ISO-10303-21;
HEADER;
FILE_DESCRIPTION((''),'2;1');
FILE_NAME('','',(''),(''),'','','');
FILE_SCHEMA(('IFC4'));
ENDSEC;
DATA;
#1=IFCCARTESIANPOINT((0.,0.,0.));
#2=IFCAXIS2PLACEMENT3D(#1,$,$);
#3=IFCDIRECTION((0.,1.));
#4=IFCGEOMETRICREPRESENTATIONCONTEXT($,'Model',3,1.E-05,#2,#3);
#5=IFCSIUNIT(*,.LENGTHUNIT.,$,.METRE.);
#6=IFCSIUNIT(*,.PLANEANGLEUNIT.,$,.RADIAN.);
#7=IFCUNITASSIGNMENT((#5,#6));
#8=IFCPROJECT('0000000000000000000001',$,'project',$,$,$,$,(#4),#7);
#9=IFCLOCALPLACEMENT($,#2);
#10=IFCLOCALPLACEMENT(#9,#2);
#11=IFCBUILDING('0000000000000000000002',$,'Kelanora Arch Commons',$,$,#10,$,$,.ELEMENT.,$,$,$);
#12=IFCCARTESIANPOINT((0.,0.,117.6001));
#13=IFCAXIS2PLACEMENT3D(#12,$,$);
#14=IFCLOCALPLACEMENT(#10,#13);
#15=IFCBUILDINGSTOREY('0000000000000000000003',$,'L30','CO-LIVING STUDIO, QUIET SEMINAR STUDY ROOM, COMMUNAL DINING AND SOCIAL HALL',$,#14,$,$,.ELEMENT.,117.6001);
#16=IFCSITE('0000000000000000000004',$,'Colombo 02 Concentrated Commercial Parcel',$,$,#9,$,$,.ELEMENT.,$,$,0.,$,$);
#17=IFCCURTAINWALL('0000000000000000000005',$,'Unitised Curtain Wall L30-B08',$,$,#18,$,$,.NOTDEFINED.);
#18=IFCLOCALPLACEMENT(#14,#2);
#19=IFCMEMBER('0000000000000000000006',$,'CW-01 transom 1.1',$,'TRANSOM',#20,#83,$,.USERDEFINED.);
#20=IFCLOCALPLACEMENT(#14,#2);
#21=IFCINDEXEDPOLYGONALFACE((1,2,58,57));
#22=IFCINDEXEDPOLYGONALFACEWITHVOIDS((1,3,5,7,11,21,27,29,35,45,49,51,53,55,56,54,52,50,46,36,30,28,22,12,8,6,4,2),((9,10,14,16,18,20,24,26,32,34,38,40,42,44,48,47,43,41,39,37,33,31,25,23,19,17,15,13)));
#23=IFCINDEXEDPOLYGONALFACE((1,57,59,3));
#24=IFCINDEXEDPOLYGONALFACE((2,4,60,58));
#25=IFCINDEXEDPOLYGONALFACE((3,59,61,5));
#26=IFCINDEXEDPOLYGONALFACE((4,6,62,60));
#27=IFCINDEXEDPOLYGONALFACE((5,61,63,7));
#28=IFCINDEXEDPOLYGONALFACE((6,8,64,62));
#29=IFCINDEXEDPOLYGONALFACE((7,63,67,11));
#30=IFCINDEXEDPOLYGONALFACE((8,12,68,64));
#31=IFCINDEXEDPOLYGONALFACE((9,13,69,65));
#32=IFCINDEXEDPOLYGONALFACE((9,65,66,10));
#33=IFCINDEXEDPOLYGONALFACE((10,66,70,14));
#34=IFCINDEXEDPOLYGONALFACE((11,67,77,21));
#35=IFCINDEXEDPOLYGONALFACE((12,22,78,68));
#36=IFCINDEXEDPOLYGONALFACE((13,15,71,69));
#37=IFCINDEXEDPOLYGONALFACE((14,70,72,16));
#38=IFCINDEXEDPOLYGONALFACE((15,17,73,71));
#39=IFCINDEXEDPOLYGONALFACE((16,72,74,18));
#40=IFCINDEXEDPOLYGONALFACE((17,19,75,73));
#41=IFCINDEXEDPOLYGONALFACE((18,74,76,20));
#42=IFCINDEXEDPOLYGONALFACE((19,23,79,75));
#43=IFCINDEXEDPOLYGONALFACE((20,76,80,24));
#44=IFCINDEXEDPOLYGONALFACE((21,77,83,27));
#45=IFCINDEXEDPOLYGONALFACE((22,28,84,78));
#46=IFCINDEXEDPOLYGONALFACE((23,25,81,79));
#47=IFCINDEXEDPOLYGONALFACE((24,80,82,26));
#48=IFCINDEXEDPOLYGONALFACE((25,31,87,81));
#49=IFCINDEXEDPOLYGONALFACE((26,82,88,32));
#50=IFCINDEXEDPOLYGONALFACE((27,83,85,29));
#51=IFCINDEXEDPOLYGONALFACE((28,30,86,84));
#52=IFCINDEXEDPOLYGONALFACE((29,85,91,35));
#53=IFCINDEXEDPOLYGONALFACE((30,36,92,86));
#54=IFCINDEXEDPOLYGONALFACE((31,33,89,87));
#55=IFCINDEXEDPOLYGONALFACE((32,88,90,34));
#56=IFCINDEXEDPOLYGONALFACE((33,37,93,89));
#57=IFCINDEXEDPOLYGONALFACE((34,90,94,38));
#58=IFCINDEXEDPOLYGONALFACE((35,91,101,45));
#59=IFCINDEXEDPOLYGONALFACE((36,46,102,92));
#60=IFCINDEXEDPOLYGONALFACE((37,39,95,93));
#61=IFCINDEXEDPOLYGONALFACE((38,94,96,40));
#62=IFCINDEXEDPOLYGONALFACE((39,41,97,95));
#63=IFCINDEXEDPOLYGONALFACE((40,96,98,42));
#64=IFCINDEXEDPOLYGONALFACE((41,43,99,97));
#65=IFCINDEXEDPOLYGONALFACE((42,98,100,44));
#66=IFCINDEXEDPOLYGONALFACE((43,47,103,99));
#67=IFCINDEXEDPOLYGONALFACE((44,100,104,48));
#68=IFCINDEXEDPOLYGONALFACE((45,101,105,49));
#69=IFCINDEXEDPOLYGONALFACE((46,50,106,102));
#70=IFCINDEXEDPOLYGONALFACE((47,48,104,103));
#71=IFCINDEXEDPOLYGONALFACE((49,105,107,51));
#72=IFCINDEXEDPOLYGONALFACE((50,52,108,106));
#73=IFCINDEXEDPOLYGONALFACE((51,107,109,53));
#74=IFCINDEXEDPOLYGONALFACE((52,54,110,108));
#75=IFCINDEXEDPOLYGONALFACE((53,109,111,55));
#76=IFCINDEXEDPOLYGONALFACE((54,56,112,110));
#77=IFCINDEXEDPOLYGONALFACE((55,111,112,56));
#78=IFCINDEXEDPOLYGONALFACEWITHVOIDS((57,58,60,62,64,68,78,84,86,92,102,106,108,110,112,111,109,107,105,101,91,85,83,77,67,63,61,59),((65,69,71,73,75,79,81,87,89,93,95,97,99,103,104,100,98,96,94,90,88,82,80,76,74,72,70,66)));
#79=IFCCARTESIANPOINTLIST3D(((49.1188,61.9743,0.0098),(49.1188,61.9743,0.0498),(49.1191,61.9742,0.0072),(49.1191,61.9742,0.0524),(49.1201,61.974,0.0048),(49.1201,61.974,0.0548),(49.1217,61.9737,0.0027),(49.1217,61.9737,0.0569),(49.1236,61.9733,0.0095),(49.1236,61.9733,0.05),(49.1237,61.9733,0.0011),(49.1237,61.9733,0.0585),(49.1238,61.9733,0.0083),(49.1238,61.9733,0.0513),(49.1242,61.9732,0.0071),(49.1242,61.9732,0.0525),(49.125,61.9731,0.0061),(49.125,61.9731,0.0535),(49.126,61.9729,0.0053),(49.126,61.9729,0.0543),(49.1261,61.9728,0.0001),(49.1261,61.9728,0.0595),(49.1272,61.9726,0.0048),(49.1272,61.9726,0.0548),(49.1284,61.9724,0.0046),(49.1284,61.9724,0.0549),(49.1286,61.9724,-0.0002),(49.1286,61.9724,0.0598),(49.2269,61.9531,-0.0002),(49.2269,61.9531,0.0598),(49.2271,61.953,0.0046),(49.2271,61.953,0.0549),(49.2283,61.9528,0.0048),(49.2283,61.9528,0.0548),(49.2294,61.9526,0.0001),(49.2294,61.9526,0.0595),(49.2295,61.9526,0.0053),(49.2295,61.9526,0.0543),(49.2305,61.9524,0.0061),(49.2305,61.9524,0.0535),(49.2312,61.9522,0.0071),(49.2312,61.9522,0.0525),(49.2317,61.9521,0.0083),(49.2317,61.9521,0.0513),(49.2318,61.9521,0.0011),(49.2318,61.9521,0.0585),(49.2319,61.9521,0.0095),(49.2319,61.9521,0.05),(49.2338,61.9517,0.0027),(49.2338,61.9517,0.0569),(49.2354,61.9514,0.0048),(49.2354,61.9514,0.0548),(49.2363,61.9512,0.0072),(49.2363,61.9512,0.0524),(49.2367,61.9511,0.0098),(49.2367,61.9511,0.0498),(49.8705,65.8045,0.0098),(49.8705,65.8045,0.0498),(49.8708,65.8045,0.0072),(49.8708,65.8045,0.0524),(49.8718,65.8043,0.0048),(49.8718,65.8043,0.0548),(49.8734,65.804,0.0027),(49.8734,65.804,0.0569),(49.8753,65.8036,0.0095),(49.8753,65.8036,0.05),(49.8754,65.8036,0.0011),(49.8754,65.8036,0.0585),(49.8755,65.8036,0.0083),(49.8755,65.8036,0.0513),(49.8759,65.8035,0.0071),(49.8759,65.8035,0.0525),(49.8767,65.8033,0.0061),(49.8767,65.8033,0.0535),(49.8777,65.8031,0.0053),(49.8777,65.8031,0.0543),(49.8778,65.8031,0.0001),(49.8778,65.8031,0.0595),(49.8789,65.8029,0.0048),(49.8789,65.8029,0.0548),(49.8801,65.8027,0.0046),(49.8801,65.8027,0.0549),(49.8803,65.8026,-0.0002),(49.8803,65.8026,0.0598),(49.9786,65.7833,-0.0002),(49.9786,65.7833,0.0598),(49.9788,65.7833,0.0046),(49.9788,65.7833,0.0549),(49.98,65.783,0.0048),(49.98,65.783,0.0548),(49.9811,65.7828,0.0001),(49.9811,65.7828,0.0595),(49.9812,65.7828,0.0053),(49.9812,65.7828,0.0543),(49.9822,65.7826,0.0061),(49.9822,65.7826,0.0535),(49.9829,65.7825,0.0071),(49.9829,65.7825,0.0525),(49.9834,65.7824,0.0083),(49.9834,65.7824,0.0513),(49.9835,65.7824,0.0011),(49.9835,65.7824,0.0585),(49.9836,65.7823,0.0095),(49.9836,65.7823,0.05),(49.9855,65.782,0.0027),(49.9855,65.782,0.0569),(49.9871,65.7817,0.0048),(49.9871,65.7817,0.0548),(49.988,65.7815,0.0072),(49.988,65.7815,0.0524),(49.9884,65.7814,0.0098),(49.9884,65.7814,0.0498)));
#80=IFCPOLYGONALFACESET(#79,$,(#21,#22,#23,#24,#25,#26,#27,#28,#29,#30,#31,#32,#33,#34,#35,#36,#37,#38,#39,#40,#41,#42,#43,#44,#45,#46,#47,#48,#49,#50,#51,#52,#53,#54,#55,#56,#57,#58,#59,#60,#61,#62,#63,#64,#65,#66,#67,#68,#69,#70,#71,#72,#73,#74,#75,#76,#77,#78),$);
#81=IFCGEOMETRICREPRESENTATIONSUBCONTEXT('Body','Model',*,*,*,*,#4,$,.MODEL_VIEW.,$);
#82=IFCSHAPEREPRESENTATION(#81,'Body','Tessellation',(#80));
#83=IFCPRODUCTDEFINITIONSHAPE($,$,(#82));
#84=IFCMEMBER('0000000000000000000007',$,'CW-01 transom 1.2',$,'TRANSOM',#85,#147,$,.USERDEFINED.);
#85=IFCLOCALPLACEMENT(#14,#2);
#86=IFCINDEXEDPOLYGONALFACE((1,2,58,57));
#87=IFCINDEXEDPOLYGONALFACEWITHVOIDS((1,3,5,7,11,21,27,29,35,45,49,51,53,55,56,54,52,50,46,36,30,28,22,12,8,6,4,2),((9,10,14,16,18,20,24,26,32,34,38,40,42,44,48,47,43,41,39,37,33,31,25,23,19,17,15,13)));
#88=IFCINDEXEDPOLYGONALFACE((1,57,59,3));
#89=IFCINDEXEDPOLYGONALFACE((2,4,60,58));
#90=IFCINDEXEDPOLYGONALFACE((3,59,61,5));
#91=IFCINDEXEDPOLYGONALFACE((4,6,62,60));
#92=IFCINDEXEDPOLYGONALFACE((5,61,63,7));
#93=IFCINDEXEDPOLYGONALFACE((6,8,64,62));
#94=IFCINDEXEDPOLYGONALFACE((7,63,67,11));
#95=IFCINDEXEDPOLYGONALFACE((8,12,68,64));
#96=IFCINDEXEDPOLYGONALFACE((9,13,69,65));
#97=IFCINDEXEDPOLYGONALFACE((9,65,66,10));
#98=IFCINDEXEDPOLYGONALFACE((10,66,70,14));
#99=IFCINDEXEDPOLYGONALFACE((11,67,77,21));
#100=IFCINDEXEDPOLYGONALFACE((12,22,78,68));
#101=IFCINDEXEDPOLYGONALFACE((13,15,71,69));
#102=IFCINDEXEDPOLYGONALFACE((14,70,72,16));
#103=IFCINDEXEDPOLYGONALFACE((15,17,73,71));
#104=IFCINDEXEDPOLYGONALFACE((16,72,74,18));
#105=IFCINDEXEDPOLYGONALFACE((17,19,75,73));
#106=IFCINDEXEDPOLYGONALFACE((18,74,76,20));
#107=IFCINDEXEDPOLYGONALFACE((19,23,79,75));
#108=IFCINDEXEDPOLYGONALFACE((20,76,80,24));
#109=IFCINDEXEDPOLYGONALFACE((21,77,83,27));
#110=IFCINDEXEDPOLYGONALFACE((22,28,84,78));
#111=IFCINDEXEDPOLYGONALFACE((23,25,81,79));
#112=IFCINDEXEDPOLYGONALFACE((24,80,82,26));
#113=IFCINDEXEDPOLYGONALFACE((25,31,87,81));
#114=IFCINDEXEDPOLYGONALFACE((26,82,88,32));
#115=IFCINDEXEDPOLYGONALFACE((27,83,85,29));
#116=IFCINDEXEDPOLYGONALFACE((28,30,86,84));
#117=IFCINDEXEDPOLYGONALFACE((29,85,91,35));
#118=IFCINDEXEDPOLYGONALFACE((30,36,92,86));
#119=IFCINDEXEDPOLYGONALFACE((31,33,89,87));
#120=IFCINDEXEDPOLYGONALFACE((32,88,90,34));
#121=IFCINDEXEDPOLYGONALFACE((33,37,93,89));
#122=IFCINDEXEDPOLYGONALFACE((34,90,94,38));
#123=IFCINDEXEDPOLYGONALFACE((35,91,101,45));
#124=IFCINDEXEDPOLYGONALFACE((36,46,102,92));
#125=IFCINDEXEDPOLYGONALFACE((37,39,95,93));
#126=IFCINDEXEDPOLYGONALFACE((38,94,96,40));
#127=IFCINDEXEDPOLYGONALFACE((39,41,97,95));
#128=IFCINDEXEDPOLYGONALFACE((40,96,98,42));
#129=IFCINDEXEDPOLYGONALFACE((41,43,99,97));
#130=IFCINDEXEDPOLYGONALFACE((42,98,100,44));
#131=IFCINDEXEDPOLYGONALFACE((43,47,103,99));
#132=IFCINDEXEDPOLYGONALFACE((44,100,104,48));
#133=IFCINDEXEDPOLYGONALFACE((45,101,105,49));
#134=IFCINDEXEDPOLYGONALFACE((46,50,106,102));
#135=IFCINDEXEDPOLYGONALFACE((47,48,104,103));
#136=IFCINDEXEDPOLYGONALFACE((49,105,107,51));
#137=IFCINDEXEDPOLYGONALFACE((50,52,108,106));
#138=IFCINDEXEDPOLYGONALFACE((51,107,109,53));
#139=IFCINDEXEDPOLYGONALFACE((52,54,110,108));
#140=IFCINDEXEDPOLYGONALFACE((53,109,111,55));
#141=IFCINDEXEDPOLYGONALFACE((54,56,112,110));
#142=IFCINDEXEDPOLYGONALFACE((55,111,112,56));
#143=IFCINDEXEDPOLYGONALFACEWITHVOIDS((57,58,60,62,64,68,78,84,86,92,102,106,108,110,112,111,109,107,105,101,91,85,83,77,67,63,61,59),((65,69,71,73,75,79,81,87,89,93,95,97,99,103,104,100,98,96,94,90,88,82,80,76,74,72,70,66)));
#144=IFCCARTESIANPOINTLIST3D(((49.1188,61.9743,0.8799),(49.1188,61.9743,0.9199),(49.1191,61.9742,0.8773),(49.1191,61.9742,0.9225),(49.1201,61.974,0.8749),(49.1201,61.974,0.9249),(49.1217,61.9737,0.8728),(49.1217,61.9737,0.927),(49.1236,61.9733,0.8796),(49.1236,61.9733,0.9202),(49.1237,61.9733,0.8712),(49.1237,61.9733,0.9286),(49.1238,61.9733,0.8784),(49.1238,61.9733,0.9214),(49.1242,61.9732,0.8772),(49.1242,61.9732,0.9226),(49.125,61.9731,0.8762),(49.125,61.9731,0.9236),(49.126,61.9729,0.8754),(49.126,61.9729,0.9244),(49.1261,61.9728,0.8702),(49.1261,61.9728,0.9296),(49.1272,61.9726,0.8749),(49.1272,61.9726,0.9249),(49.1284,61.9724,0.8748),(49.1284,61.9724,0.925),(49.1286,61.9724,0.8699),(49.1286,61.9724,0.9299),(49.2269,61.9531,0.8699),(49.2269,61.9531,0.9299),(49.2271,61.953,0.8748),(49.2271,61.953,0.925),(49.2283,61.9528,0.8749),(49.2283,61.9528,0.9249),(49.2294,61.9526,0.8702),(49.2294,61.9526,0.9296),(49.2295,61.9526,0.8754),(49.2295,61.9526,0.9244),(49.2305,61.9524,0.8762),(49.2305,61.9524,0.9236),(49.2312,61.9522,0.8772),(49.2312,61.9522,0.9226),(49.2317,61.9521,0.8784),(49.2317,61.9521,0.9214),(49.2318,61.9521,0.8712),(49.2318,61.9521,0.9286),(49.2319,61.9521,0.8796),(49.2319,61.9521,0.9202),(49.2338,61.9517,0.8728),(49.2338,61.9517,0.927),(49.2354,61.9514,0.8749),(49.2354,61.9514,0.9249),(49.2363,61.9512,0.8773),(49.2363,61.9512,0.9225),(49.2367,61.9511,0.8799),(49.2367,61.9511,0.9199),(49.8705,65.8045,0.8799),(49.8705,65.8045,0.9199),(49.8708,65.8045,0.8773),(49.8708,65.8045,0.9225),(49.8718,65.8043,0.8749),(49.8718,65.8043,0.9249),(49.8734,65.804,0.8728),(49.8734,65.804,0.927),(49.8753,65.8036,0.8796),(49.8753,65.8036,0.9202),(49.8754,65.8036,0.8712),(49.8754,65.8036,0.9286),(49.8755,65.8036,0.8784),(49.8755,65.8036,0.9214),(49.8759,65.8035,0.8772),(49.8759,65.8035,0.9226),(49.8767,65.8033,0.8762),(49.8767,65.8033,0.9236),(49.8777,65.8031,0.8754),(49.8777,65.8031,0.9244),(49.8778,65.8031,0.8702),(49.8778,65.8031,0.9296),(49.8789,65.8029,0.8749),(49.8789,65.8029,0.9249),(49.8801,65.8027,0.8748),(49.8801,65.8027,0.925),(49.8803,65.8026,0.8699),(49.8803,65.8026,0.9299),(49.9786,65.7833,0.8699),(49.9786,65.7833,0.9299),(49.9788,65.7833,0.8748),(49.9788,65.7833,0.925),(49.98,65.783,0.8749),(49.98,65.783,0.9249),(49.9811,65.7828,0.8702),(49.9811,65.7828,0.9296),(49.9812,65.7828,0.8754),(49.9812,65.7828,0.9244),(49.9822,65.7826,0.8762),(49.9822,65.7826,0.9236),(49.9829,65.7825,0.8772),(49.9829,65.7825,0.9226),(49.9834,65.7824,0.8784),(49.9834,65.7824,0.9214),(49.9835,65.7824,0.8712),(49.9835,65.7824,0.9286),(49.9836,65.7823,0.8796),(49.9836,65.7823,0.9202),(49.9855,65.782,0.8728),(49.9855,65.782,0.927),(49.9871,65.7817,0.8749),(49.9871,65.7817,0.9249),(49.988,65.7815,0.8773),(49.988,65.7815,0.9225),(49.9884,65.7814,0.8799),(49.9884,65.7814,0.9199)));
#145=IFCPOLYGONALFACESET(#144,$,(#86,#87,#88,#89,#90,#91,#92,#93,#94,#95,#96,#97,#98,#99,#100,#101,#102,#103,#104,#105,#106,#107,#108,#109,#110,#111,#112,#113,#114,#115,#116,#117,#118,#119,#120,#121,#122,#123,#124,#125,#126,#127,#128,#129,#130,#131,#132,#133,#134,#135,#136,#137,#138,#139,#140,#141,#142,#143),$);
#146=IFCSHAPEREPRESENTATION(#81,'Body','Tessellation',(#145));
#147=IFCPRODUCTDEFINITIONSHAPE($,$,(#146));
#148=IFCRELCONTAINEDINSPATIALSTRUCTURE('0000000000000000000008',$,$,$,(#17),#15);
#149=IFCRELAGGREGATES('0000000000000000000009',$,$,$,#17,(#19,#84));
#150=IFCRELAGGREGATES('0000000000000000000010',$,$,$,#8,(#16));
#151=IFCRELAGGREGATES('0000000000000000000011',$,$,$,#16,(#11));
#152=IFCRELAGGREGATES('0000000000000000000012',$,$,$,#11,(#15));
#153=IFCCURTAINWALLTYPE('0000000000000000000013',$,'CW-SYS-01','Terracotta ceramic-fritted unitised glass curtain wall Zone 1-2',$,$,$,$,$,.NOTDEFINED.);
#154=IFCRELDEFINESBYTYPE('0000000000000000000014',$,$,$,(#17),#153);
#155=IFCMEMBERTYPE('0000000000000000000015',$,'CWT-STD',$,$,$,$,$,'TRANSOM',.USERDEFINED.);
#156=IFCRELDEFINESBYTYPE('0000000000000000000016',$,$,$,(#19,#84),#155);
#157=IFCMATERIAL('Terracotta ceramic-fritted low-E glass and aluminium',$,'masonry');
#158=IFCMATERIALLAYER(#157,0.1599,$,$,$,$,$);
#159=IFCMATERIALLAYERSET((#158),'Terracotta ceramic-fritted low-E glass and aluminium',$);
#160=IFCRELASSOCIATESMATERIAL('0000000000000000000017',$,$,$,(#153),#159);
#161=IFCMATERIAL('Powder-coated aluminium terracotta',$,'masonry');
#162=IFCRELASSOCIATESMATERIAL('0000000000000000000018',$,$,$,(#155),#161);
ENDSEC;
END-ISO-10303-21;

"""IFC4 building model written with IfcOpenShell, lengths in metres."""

from ifc_helpers import new_model, si_unit, direction, frame, origin, origin_2d, place, context, subcontext, project, spatial, hollow_rectangle, extrude, material, layer, layer_set, material_profile, profile_set, type_object, element, aggregate, save


model = new_model("IFC4")

# Units and contexts
model_context = context("Model", 3, precision=1e-05, world=origin(), true_north=direction((0.0, 1.0)))
body_context = subcontext(model_context, "Body", "Model", "MODEL_VIEW")
ifc_project = project(units=[si_unit("LENGTHUNIT", "METRE"), si_unit("PLANEANGLEUNIT", "RADIAN")], contexts=[model_context])

# Site, building, storey
site_placement = place(None, origin())
site = spatial("IfcSite", under=ifc_project, at=site_placement, Name="Colombo 02 Concentrated Commercial Parcel", CompositionType="ELEMENT", RefElevation=0.0)
building_placement = place(site_placement, origin())
building = spatial("IfcBuilding", under=site, at=building_placement, Name="Kelanora Arch Commons", CompositionType="ELEMENT")
storey_placement = place(building_placement, frame((0.0, 0.0, 117.6001)))
storey = spatial("IfcBuildingStorey", under=building, at=storey_placement, Name="L30", Description="CO-LIVING STUDIO, QUIET SEMINAR STUDY ROOM, COMMUNAL DINING AND SOCIAL HALL", CompositionType="ELEMENT", Elevation=117.6001)

# Curtain wall, members
ifc_material_1 = material(Name="Terracotta ceramic-fritted low-E glass and aluminium", Category="masonry")
ifc_layer_1 = layer(ifc_material_1, 0.1599)
ifc_layer_set_1 = layer_set([ifc_layer_1], Name="Terracotta ceramic-fritted low-E glass and aluminium")
curtain_wall_type = type_object("IfcCurtainWallType", Name="CW-SYS-01", Description="Terracotta ceramic-fritted unitised glass curtain wall Zone 1-2", PredefinedType="NOTDEFINED", material=ifc_layer_set_1)
curtain_wall_placement = place(storey_placement, origin())
curtain_wall = element("IfcCurtainWall", 1, at=curtain_wall_placement, inside=storey, type_object=curtain_wall_type, Name="Unitised Curtain Wall L30-B08", PredefinedType="NOTDEFINED")
ifc_material_2 = material(Name="Powder-coated aluminium terracotta", Category="masonry")
ifc_material_profile_1 = material_profile(ifc_material_2, hollow_rectangle(XDim=0.1201, YDim=0.0601, WallThickness=0.0049, InnerFilletRadius=0.0049, OuterFilletRadius=0.01, at=origin_2d()), Name="CWT120x60")
ifc_profile_set_1 = profile_set([ifc_material_profile_1], Name="Powder-coated aluminium terracotta")
member_type_1 = type_object("IfcMemberType", Name="CWT-STD", ElementType="TRANSOM", PredefinedType="USERDEFINED", material=ifc_profile_set_1)
member_1_placement = place(storey_placement, frame((49.9294, 65.793, 0.0298), z_axis=(-0.192579, -0.981282, 0.0), x_axis=(0.981282, -0.192579, 0.0)))
member_1 = element("IfcMember", 2, at=member_1_placement, type_object=member_type_1, Name="CW-01 transom 1.1", ObjectType="TRANSOM", PredefinedType="USERDEFINED", context=body_context, shape_type="SweptSolid", body=[
    extrude(hollow_rectangle(XDim=0.1201, YDim=0.0601, WallThickness=0.0049, InnerFilletRadius=0.0049, OuterFilletRadius=0.01, at=origin_2d()), origin(), (0.0, 0.0, 1.0), 3.9033),
])
member_2_placement = place(storey_placement, frame((49.9294, 65.793, 0.8999), z_axis=(-0.192579, -0.981282, 0.0), x_axis=(0.981282, -0.192579, 0.0)))
member_2 = element("IfcMember", 3, at=member_2_placement, type_object=member_type_1, Name="CW-01 transom 1.2", ObjectType="TRANSOM", PredefinedType="USERDEFINED", context=body_context, shape_type="SweptSolid", body=[
    extrude(hollow_rectangle(XDim=0.1201, YDim=0.0601, WallThickness=0.0049, InnerFilletRadius=0.0049, OuterFilletRadius=0.01, at=origin_2d()), origin(), (0.0, 0.0, 1.0), 3.9033),
])
aggregate(curtain_wall, [member_1, member_2])

save(model, "model.ifc")
